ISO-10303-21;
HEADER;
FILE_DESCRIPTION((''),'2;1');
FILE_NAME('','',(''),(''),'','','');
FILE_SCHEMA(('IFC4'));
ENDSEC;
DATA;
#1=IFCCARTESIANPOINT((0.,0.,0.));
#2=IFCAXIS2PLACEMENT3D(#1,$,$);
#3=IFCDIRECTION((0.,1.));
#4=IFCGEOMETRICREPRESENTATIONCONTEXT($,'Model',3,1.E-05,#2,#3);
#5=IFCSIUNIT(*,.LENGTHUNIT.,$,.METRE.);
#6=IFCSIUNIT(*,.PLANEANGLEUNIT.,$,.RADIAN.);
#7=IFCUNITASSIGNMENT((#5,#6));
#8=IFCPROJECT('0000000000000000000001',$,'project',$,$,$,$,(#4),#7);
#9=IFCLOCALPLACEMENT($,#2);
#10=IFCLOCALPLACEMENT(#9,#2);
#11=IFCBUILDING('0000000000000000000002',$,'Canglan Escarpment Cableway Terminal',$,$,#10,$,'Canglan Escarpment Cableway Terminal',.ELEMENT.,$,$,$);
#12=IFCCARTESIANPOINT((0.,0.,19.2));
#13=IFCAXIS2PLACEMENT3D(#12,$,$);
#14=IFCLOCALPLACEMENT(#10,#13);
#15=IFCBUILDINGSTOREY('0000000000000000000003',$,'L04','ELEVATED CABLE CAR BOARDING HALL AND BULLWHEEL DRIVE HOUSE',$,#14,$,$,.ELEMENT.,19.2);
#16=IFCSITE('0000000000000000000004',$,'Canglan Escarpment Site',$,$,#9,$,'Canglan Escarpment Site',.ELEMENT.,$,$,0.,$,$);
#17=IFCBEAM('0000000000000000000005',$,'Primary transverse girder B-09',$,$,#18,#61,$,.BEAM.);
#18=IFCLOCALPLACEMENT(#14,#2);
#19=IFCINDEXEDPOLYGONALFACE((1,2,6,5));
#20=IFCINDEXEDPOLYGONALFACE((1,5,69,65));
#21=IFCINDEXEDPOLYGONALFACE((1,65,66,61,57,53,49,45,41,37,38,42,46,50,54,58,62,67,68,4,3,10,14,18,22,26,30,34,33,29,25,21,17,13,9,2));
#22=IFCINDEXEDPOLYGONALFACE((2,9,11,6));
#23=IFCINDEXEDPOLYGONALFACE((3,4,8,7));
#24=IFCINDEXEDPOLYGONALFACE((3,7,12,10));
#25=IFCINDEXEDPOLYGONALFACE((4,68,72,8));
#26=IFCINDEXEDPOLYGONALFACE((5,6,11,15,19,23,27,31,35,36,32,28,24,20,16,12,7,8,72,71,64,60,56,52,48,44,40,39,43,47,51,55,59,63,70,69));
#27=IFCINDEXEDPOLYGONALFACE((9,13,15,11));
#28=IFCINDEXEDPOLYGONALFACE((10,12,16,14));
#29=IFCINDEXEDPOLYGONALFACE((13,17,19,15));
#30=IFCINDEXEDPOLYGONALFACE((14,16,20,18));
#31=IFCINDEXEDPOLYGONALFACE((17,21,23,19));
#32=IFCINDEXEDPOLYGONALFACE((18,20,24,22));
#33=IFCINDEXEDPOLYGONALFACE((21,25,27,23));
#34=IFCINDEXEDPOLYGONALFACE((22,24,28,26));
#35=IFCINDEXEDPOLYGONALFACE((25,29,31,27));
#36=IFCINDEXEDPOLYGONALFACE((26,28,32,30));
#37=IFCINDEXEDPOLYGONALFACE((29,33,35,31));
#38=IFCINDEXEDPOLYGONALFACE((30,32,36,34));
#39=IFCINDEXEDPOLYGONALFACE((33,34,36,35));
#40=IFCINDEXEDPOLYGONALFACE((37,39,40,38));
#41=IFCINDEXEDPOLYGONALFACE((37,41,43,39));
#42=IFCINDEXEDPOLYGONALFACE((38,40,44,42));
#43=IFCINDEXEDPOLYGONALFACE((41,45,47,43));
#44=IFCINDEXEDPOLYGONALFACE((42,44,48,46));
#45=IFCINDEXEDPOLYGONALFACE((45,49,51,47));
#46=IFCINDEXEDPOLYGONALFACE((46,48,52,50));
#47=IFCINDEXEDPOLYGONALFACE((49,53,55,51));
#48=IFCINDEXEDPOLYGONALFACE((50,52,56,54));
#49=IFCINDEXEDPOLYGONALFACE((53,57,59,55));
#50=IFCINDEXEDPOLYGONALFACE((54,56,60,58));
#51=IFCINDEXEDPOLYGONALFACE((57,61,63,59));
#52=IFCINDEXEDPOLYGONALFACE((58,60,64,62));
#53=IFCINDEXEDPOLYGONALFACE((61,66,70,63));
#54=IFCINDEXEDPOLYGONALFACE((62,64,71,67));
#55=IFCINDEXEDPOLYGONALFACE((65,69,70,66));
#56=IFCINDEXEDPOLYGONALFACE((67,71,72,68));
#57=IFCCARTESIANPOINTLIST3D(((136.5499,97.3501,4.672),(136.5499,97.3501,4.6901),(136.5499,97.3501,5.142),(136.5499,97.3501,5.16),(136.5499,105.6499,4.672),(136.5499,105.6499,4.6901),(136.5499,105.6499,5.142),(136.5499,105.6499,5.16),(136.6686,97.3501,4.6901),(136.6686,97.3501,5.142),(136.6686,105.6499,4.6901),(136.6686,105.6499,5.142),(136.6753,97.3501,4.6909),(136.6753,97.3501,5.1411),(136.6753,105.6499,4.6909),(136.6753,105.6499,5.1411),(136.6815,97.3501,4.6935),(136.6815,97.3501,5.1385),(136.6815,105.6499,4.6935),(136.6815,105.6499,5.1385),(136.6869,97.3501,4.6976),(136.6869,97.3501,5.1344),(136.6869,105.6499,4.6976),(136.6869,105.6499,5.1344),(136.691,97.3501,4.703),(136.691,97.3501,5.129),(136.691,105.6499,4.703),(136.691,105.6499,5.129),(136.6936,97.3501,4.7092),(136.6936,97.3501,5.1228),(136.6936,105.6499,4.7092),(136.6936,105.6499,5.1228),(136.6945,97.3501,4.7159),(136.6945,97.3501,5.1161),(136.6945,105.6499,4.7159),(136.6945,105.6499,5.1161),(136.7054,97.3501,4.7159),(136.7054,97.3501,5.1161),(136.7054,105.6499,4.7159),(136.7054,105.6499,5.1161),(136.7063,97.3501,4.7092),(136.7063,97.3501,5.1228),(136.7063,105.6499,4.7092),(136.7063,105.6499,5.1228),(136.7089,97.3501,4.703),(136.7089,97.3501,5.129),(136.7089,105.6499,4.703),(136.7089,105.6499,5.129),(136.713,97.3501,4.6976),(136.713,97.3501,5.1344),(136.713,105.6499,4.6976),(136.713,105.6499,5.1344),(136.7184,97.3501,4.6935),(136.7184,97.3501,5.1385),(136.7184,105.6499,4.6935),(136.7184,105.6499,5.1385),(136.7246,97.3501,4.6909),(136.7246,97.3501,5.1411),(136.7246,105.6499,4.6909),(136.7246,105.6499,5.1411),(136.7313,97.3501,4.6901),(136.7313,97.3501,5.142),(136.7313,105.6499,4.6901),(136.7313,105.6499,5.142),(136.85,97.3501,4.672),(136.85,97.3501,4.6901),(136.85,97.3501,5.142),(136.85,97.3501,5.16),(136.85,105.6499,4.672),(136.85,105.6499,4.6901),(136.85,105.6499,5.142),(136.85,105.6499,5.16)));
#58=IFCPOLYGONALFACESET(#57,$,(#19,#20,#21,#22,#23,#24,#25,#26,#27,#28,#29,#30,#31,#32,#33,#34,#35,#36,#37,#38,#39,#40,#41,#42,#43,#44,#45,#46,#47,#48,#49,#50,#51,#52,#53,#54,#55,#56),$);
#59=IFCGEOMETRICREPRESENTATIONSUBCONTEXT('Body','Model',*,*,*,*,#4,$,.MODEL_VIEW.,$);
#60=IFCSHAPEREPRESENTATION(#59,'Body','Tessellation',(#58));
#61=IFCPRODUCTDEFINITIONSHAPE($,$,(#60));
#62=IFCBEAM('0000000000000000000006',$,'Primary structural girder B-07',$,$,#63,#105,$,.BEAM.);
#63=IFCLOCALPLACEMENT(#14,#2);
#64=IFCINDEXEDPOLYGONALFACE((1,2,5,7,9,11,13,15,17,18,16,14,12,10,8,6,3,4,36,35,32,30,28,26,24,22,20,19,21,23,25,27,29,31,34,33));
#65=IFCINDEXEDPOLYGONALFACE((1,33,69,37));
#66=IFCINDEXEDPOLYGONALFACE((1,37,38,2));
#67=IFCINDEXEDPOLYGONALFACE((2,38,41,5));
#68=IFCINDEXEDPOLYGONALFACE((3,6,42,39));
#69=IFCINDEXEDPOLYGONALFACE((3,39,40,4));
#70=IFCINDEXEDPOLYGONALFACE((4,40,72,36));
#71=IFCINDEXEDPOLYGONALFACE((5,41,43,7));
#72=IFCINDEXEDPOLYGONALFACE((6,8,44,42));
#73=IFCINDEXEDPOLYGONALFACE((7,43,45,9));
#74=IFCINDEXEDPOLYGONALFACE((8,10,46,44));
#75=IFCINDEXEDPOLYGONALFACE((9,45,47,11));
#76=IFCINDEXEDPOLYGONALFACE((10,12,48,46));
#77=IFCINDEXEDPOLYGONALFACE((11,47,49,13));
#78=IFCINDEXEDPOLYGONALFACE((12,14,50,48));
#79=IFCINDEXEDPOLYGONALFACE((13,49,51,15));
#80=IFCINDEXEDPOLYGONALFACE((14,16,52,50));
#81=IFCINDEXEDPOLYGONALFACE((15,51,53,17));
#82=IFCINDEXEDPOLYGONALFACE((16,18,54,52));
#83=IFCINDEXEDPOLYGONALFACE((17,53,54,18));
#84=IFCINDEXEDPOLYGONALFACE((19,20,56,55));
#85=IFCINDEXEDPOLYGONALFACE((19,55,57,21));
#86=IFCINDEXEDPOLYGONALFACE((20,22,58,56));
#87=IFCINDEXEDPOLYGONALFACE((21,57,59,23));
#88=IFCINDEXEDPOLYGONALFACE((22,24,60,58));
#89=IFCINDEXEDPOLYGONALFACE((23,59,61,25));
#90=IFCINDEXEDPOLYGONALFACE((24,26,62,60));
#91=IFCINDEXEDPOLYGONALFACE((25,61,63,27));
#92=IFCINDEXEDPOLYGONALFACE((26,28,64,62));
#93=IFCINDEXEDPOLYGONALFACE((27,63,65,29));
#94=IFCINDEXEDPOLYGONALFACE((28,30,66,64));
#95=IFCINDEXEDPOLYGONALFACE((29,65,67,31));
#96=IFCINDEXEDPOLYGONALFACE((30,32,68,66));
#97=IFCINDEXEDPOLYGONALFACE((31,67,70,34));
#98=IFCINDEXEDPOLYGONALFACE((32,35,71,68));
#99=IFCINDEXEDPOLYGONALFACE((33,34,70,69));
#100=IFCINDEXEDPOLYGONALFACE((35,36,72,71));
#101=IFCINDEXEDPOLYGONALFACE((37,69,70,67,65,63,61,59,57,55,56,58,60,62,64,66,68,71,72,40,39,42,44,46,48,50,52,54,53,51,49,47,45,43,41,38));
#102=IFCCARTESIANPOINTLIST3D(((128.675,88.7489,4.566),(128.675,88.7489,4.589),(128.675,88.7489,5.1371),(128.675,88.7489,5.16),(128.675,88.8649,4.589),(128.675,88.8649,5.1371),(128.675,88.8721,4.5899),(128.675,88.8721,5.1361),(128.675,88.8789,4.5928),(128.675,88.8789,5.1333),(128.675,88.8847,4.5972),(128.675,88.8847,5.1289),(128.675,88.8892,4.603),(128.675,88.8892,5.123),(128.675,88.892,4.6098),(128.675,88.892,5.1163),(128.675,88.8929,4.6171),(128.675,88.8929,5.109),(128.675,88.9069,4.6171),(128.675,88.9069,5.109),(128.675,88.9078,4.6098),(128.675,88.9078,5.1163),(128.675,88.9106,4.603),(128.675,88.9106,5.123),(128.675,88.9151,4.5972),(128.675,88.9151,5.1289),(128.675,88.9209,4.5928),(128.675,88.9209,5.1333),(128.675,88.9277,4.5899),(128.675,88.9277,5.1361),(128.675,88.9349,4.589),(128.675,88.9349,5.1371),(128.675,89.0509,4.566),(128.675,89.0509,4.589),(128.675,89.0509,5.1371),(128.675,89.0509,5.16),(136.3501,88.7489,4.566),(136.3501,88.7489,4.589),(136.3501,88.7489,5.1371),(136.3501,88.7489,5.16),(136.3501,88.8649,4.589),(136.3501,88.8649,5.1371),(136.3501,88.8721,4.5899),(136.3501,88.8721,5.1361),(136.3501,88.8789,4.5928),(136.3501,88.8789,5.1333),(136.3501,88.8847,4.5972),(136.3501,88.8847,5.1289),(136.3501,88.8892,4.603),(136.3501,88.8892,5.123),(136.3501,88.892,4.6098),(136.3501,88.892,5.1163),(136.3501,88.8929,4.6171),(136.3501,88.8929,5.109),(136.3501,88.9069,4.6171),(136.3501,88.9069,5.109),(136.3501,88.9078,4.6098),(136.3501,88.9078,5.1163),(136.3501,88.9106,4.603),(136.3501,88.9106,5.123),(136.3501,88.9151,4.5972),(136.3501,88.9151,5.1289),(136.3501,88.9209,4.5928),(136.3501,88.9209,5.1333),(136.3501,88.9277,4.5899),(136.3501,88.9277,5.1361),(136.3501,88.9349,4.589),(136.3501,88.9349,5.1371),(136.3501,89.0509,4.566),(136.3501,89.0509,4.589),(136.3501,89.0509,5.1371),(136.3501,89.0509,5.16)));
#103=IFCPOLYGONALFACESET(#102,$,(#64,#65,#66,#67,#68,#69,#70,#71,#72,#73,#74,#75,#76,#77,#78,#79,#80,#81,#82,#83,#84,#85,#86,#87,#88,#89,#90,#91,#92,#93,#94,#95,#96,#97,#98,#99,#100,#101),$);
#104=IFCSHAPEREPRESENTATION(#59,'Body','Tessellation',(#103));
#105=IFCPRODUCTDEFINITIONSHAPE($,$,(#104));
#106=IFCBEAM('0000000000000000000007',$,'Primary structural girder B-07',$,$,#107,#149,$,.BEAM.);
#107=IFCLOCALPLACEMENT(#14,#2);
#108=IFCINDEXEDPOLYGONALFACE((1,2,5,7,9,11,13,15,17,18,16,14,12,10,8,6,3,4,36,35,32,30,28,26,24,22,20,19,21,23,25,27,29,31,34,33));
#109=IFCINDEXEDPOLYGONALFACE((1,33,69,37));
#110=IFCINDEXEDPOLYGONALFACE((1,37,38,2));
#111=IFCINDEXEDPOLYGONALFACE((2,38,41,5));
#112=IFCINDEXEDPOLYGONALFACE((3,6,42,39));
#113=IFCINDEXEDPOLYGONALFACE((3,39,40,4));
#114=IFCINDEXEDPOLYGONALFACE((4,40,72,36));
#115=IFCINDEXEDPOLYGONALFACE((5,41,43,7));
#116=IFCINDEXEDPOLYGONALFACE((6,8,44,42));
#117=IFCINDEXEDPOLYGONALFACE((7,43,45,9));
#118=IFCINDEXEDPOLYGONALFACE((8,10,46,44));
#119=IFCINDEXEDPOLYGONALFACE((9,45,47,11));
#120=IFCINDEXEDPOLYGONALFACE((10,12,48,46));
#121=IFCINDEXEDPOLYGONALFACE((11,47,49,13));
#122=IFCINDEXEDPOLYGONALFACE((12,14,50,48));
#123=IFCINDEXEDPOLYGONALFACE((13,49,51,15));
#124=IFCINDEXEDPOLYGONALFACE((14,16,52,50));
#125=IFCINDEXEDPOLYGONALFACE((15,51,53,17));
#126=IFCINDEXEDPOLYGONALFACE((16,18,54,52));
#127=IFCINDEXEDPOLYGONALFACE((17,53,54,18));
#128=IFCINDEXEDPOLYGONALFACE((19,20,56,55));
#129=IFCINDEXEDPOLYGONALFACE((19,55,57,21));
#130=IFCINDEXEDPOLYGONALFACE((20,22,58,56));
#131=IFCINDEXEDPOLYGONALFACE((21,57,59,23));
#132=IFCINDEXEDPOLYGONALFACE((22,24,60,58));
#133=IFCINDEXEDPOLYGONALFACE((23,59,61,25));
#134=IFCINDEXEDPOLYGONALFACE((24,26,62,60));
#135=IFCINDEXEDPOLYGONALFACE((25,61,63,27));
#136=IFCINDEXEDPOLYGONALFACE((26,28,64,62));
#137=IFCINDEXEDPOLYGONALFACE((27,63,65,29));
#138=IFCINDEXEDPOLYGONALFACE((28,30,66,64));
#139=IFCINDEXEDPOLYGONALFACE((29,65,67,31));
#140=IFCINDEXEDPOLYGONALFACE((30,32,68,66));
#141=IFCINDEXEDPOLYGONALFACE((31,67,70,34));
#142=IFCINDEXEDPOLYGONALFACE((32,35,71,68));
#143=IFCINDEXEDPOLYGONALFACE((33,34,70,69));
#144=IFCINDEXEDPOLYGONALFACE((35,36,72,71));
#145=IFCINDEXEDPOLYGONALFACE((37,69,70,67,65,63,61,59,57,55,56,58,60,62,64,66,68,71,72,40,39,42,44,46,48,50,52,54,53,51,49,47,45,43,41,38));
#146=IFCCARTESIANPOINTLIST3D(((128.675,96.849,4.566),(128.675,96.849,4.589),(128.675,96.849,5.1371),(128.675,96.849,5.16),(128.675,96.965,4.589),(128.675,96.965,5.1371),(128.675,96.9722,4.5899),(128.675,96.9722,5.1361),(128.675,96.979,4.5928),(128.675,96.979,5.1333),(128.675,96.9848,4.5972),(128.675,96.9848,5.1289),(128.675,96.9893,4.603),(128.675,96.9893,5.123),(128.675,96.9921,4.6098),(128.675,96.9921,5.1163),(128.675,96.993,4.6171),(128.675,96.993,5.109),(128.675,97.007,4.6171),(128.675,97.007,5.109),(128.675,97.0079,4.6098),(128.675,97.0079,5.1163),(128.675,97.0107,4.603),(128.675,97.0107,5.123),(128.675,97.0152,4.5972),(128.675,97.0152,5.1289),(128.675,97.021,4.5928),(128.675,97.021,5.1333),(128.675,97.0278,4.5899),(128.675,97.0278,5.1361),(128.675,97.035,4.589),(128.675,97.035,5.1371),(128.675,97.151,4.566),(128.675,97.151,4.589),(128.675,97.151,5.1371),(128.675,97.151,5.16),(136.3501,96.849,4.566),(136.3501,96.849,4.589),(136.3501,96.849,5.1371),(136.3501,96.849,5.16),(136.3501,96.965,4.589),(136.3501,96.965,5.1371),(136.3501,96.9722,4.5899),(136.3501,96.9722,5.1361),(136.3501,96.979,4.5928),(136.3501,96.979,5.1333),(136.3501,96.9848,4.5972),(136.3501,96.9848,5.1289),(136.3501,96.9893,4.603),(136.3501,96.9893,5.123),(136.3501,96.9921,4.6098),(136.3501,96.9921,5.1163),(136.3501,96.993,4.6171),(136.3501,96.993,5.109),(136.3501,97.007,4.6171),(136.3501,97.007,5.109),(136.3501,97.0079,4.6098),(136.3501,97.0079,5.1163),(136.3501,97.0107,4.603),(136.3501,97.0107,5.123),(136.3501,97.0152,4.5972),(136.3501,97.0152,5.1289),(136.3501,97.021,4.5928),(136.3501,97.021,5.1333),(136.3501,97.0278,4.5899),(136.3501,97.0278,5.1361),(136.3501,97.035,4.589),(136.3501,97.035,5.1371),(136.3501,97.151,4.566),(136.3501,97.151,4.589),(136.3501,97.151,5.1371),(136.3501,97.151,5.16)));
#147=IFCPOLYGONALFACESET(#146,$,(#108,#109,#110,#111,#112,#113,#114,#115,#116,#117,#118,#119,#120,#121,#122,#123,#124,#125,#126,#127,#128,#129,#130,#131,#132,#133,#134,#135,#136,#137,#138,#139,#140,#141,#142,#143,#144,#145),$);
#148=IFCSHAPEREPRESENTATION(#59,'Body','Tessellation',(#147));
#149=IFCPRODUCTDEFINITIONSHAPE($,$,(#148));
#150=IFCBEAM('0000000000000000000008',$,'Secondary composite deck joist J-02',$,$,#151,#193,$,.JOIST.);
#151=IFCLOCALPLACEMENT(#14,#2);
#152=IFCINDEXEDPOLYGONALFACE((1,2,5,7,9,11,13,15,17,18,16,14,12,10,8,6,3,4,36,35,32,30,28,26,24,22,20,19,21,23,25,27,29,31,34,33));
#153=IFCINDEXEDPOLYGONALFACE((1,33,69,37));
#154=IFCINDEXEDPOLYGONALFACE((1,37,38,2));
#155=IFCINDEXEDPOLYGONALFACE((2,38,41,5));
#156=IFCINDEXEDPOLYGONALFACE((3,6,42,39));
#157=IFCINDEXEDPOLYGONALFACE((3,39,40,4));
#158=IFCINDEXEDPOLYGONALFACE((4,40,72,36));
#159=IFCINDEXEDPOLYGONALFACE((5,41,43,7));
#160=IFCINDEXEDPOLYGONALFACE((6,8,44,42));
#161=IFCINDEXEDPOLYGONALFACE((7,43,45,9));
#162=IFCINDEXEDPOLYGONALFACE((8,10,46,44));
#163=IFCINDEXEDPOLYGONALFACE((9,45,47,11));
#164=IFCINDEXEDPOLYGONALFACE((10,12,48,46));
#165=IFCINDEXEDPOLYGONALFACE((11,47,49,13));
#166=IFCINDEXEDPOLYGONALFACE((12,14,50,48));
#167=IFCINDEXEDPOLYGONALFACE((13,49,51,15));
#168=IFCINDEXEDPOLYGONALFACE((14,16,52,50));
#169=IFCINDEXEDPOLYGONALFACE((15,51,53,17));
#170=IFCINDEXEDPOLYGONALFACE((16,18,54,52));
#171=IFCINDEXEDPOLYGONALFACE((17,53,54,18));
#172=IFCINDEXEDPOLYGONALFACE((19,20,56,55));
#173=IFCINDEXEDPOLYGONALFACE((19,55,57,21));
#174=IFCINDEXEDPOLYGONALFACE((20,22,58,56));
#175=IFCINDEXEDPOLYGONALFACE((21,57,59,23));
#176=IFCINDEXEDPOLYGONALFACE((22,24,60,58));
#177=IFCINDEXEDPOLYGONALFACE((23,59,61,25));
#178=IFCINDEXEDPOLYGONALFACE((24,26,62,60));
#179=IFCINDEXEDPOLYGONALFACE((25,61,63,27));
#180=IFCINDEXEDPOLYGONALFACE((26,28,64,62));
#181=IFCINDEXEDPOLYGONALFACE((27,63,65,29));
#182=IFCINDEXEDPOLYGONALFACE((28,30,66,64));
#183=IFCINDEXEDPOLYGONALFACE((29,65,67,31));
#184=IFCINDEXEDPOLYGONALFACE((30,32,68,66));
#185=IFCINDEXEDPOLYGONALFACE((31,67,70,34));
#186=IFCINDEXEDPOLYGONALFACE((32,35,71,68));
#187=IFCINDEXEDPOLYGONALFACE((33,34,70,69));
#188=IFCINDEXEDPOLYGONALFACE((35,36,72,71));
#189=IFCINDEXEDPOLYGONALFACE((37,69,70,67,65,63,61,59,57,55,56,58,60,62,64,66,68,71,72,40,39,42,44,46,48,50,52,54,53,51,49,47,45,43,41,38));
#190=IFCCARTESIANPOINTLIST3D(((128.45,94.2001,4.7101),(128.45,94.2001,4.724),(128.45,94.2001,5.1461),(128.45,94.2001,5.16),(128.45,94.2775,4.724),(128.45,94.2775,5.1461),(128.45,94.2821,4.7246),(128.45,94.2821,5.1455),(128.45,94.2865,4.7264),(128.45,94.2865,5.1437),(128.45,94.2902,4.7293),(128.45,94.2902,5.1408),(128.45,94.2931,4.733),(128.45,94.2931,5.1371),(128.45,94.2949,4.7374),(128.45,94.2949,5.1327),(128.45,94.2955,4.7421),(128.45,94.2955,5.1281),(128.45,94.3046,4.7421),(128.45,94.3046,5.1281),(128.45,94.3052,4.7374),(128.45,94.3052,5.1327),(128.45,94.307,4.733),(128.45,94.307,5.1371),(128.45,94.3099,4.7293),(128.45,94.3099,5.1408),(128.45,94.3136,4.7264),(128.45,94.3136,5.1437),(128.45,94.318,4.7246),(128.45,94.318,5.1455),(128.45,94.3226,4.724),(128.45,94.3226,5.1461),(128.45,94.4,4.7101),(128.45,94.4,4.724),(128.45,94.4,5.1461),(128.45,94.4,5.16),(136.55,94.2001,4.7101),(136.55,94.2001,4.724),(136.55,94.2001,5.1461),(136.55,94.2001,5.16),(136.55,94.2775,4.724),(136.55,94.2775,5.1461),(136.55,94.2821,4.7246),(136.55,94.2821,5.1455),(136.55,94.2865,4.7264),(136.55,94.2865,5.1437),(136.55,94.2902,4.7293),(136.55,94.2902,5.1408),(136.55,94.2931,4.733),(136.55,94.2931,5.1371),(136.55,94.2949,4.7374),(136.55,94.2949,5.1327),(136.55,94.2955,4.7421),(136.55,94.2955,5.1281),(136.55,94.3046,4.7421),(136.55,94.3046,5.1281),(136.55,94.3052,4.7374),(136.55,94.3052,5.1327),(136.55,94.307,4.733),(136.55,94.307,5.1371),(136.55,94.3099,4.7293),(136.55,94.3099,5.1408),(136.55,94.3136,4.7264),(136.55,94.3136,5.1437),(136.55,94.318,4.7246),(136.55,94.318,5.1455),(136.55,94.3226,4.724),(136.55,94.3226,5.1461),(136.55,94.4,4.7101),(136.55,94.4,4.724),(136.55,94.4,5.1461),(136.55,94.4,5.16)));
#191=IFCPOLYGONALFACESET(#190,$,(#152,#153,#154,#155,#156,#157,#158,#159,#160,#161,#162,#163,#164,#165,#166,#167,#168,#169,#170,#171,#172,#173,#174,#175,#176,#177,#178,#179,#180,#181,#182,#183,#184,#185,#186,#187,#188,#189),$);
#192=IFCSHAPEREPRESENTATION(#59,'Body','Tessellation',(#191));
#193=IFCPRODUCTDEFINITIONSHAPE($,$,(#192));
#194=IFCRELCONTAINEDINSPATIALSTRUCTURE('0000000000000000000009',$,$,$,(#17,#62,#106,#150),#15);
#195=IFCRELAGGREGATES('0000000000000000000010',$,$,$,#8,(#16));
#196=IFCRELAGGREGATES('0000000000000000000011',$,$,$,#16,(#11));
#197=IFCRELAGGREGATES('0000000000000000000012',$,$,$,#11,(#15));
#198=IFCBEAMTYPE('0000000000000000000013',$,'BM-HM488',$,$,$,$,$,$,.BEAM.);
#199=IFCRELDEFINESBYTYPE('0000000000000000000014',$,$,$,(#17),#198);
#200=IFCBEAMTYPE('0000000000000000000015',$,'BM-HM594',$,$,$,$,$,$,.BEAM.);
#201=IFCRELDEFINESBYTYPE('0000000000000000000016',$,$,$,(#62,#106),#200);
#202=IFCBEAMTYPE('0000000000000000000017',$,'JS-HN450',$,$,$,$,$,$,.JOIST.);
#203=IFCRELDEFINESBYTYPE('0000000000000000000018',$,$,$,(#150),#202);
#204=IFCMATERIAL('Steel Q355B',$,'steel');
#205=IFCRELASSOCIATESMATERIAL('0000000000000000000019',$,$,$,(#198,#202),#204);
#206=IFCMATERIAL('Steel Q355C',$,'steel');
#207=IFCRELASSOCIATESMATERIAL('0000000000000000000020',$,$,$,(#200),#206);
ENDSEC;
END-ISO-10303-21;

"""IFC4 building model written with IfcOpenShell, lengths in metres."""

from ifc_helpers import new_model, si_unit, direction, frame, origin, origin_2d, place, context, subcontext, project, spatial, i_section, extrude, material, material_profile, profile_set, type_object, element, save


model = new_model("IFC4")

# Units and contexts
model_context = context("Model", 3, precision=1e-05, world=origin(), true_north=direction((0.0, 1.0)))
body_context = subcontext(model_context, "Body", "Model", "MODEL_VIEW")
ifc_project = project(units=[si_unit("LENGTHUNIT", "METRE"), si_unit("PLANEANGLEUNIT", "RADIAN")], contexts=[model_context])

# Site, building, storey
site_placement = place(None, origin())
site = spatial("IfcSite", under=ifc_project, at=site_placement, Name="Canglan Escarpment Site", LongName="Canglan Escarpment Site", CompositionType="ELEMENT", RefElevation=0.0)
building_placement = place(site_placement, origin())
building = spatial("IfcBuilding", under=site, at=building_placement, Name="Canglan Escarpment Cableway Terminal", LongName="Canglan Escarpment Cableway Terminal", CompositionType="ELEMENT")
storey_placement = place(building_placement, frame((0.0, 0.0, 19.2)))
storey = spatial("IfcBuildingStorey", under=building, at=storey_placement, Name="L04", Description="ELEVATED CABLE CAR BOARDING HALL AND BULLWHEEL DRIVE HOUSE", CompositionType="ELEMENT", Elevation=19.2)

# Beams
ifc_material_1 = material(Name="Steel Q355B", Category="steel")
ifc_material_profile_1 = material_profile(ifc_material_1, i_section(OverallWidth=0.3, OverallDepth=0.488, WebThickness=0.011, FlangeThickness=0.0181, FilletRadius=0.0259, at=origin_2d()), Name="HM 488x300x11x18")
ifc_profile_set_1 = profile_set([ifc_material_profile_1], Name="Steel Q355B")
beam_type_1 = type_object("IfcBeamType", Name="BM-HM488", PredefinedType="BEAM", material=ifc_profile_set_1)
beam_1_placement = place(storey_placement, frame((136.7, 97.3501, 4.916), z_axis=(0.0, 1.0, 0.0), x_axis=(-1.0, 0.0, 0.0)))
element("IfcBeam", 1, at=beam_1_placement, inside=storey, type_object=beam_type_1, Name="Primary transverse girder B-09", PredefinedType="BEAM", context=body_context, shape_type="SweptSolid", body=[
    extrude(i_section(OverallWidth=0.3, OverallDepth=0.488, WebThickness=0.011, FlangeThickness=0.0181, FilletRadius=0.0259, at=origin_2d()), origin(), (0.0, 0.0, 1.0), 8.2998),
])
ifc_material_2 = material(Name="Steel Q355C", Category="steel")
ifc_material_profile_2 = material_profile(ifc_material_2, i_section(OverallWidth=0.302, OverallDepth=0.594, WebThickness=0.0139, FlangeThickness=0.0229, FilletRadius=0.0281, at=origin_2d()), Name="HM 594x302x14x23")
ifc_profile_set_2 = profile_set([ifc_material_profile_2], Name="Steel Q355C")
beam_type_2 = type_object("IfcBeamType", Name="BM-HM594", PredefinedType="BEAM", material=ifc_profile_set_2)
for number, where, z_axis, x_axis, name in (
    (2, (128.675, 88.8999, 4.863), (1.0, 0.0, 0.0), (0.0, 1.0, 0.0), "Primary structural girder B-07"),
    (3, (128.675, 97.0, 4.863), (1.0, 0.0, 0.0), (0.0, 1.0, 0.0), "Primary structural girder B-07"),
):
    element("IfcBeam", number, at=place(storey_placement, frame(where, z_axis=z_axis, x_axis=x_axis)), inside=storey, type_object=beam_type_2, Name=name, PredefinedType="BEAM", context=body_context, shape_type="SweptSolid", body=[
        extrude(i_section(OverallWidth=0.302, OverallDepth=0.594, WebThickness=0.0139, FlangeThickness=0.0229, FilletRadius=0.0281, at=origin_2d()), origin(), (0.0, 0.0, 1.0), 7.675),
    ])
ifc_material_profile_3 = material_profile(ifc_material_1, i_section(OverallWidth=0.2, OverallDepth=0.45, WebThickness=0.009, FlangeThickness=0.0139, FilletRadius=0.0181, at=origin_2d()), Name="HN 450x200x9x14")
ifc_profile_set_3 = profile_set([ifc_material_profile_3], Name="Steel Q355B")
beam_type_3 = type_object("IfcBeamType", Name="JS-HN450", PredefinedType="JOIST", material=ifc_profile_set_3)
beam_2_placement = place(storey_placement, frame((128.45, 94.3, 4.9351), z_axis=(1.0, 0.0, 0.0), x_axis=(0.0, 1.0, 0.0)))
element("IfcBeam", 4, at=beam_2_placement, inside=storey, type_object=beam_type_3, Name="Secondary composite deck joist J-02", PredefinedType="JOIST", context=body_context, shape_type="SweptSolid", body=[
    extrude(i_section(OverallWidth=0.2, OverallDepth=0.45, WebThickness=0.009, FlangeThickness=0.0139, FilletRadius=0.0181, at=origin_2d()), origin(), (0.0, 0.0, 1.0), 8.1001),
])

save(model, "model.ifc")
